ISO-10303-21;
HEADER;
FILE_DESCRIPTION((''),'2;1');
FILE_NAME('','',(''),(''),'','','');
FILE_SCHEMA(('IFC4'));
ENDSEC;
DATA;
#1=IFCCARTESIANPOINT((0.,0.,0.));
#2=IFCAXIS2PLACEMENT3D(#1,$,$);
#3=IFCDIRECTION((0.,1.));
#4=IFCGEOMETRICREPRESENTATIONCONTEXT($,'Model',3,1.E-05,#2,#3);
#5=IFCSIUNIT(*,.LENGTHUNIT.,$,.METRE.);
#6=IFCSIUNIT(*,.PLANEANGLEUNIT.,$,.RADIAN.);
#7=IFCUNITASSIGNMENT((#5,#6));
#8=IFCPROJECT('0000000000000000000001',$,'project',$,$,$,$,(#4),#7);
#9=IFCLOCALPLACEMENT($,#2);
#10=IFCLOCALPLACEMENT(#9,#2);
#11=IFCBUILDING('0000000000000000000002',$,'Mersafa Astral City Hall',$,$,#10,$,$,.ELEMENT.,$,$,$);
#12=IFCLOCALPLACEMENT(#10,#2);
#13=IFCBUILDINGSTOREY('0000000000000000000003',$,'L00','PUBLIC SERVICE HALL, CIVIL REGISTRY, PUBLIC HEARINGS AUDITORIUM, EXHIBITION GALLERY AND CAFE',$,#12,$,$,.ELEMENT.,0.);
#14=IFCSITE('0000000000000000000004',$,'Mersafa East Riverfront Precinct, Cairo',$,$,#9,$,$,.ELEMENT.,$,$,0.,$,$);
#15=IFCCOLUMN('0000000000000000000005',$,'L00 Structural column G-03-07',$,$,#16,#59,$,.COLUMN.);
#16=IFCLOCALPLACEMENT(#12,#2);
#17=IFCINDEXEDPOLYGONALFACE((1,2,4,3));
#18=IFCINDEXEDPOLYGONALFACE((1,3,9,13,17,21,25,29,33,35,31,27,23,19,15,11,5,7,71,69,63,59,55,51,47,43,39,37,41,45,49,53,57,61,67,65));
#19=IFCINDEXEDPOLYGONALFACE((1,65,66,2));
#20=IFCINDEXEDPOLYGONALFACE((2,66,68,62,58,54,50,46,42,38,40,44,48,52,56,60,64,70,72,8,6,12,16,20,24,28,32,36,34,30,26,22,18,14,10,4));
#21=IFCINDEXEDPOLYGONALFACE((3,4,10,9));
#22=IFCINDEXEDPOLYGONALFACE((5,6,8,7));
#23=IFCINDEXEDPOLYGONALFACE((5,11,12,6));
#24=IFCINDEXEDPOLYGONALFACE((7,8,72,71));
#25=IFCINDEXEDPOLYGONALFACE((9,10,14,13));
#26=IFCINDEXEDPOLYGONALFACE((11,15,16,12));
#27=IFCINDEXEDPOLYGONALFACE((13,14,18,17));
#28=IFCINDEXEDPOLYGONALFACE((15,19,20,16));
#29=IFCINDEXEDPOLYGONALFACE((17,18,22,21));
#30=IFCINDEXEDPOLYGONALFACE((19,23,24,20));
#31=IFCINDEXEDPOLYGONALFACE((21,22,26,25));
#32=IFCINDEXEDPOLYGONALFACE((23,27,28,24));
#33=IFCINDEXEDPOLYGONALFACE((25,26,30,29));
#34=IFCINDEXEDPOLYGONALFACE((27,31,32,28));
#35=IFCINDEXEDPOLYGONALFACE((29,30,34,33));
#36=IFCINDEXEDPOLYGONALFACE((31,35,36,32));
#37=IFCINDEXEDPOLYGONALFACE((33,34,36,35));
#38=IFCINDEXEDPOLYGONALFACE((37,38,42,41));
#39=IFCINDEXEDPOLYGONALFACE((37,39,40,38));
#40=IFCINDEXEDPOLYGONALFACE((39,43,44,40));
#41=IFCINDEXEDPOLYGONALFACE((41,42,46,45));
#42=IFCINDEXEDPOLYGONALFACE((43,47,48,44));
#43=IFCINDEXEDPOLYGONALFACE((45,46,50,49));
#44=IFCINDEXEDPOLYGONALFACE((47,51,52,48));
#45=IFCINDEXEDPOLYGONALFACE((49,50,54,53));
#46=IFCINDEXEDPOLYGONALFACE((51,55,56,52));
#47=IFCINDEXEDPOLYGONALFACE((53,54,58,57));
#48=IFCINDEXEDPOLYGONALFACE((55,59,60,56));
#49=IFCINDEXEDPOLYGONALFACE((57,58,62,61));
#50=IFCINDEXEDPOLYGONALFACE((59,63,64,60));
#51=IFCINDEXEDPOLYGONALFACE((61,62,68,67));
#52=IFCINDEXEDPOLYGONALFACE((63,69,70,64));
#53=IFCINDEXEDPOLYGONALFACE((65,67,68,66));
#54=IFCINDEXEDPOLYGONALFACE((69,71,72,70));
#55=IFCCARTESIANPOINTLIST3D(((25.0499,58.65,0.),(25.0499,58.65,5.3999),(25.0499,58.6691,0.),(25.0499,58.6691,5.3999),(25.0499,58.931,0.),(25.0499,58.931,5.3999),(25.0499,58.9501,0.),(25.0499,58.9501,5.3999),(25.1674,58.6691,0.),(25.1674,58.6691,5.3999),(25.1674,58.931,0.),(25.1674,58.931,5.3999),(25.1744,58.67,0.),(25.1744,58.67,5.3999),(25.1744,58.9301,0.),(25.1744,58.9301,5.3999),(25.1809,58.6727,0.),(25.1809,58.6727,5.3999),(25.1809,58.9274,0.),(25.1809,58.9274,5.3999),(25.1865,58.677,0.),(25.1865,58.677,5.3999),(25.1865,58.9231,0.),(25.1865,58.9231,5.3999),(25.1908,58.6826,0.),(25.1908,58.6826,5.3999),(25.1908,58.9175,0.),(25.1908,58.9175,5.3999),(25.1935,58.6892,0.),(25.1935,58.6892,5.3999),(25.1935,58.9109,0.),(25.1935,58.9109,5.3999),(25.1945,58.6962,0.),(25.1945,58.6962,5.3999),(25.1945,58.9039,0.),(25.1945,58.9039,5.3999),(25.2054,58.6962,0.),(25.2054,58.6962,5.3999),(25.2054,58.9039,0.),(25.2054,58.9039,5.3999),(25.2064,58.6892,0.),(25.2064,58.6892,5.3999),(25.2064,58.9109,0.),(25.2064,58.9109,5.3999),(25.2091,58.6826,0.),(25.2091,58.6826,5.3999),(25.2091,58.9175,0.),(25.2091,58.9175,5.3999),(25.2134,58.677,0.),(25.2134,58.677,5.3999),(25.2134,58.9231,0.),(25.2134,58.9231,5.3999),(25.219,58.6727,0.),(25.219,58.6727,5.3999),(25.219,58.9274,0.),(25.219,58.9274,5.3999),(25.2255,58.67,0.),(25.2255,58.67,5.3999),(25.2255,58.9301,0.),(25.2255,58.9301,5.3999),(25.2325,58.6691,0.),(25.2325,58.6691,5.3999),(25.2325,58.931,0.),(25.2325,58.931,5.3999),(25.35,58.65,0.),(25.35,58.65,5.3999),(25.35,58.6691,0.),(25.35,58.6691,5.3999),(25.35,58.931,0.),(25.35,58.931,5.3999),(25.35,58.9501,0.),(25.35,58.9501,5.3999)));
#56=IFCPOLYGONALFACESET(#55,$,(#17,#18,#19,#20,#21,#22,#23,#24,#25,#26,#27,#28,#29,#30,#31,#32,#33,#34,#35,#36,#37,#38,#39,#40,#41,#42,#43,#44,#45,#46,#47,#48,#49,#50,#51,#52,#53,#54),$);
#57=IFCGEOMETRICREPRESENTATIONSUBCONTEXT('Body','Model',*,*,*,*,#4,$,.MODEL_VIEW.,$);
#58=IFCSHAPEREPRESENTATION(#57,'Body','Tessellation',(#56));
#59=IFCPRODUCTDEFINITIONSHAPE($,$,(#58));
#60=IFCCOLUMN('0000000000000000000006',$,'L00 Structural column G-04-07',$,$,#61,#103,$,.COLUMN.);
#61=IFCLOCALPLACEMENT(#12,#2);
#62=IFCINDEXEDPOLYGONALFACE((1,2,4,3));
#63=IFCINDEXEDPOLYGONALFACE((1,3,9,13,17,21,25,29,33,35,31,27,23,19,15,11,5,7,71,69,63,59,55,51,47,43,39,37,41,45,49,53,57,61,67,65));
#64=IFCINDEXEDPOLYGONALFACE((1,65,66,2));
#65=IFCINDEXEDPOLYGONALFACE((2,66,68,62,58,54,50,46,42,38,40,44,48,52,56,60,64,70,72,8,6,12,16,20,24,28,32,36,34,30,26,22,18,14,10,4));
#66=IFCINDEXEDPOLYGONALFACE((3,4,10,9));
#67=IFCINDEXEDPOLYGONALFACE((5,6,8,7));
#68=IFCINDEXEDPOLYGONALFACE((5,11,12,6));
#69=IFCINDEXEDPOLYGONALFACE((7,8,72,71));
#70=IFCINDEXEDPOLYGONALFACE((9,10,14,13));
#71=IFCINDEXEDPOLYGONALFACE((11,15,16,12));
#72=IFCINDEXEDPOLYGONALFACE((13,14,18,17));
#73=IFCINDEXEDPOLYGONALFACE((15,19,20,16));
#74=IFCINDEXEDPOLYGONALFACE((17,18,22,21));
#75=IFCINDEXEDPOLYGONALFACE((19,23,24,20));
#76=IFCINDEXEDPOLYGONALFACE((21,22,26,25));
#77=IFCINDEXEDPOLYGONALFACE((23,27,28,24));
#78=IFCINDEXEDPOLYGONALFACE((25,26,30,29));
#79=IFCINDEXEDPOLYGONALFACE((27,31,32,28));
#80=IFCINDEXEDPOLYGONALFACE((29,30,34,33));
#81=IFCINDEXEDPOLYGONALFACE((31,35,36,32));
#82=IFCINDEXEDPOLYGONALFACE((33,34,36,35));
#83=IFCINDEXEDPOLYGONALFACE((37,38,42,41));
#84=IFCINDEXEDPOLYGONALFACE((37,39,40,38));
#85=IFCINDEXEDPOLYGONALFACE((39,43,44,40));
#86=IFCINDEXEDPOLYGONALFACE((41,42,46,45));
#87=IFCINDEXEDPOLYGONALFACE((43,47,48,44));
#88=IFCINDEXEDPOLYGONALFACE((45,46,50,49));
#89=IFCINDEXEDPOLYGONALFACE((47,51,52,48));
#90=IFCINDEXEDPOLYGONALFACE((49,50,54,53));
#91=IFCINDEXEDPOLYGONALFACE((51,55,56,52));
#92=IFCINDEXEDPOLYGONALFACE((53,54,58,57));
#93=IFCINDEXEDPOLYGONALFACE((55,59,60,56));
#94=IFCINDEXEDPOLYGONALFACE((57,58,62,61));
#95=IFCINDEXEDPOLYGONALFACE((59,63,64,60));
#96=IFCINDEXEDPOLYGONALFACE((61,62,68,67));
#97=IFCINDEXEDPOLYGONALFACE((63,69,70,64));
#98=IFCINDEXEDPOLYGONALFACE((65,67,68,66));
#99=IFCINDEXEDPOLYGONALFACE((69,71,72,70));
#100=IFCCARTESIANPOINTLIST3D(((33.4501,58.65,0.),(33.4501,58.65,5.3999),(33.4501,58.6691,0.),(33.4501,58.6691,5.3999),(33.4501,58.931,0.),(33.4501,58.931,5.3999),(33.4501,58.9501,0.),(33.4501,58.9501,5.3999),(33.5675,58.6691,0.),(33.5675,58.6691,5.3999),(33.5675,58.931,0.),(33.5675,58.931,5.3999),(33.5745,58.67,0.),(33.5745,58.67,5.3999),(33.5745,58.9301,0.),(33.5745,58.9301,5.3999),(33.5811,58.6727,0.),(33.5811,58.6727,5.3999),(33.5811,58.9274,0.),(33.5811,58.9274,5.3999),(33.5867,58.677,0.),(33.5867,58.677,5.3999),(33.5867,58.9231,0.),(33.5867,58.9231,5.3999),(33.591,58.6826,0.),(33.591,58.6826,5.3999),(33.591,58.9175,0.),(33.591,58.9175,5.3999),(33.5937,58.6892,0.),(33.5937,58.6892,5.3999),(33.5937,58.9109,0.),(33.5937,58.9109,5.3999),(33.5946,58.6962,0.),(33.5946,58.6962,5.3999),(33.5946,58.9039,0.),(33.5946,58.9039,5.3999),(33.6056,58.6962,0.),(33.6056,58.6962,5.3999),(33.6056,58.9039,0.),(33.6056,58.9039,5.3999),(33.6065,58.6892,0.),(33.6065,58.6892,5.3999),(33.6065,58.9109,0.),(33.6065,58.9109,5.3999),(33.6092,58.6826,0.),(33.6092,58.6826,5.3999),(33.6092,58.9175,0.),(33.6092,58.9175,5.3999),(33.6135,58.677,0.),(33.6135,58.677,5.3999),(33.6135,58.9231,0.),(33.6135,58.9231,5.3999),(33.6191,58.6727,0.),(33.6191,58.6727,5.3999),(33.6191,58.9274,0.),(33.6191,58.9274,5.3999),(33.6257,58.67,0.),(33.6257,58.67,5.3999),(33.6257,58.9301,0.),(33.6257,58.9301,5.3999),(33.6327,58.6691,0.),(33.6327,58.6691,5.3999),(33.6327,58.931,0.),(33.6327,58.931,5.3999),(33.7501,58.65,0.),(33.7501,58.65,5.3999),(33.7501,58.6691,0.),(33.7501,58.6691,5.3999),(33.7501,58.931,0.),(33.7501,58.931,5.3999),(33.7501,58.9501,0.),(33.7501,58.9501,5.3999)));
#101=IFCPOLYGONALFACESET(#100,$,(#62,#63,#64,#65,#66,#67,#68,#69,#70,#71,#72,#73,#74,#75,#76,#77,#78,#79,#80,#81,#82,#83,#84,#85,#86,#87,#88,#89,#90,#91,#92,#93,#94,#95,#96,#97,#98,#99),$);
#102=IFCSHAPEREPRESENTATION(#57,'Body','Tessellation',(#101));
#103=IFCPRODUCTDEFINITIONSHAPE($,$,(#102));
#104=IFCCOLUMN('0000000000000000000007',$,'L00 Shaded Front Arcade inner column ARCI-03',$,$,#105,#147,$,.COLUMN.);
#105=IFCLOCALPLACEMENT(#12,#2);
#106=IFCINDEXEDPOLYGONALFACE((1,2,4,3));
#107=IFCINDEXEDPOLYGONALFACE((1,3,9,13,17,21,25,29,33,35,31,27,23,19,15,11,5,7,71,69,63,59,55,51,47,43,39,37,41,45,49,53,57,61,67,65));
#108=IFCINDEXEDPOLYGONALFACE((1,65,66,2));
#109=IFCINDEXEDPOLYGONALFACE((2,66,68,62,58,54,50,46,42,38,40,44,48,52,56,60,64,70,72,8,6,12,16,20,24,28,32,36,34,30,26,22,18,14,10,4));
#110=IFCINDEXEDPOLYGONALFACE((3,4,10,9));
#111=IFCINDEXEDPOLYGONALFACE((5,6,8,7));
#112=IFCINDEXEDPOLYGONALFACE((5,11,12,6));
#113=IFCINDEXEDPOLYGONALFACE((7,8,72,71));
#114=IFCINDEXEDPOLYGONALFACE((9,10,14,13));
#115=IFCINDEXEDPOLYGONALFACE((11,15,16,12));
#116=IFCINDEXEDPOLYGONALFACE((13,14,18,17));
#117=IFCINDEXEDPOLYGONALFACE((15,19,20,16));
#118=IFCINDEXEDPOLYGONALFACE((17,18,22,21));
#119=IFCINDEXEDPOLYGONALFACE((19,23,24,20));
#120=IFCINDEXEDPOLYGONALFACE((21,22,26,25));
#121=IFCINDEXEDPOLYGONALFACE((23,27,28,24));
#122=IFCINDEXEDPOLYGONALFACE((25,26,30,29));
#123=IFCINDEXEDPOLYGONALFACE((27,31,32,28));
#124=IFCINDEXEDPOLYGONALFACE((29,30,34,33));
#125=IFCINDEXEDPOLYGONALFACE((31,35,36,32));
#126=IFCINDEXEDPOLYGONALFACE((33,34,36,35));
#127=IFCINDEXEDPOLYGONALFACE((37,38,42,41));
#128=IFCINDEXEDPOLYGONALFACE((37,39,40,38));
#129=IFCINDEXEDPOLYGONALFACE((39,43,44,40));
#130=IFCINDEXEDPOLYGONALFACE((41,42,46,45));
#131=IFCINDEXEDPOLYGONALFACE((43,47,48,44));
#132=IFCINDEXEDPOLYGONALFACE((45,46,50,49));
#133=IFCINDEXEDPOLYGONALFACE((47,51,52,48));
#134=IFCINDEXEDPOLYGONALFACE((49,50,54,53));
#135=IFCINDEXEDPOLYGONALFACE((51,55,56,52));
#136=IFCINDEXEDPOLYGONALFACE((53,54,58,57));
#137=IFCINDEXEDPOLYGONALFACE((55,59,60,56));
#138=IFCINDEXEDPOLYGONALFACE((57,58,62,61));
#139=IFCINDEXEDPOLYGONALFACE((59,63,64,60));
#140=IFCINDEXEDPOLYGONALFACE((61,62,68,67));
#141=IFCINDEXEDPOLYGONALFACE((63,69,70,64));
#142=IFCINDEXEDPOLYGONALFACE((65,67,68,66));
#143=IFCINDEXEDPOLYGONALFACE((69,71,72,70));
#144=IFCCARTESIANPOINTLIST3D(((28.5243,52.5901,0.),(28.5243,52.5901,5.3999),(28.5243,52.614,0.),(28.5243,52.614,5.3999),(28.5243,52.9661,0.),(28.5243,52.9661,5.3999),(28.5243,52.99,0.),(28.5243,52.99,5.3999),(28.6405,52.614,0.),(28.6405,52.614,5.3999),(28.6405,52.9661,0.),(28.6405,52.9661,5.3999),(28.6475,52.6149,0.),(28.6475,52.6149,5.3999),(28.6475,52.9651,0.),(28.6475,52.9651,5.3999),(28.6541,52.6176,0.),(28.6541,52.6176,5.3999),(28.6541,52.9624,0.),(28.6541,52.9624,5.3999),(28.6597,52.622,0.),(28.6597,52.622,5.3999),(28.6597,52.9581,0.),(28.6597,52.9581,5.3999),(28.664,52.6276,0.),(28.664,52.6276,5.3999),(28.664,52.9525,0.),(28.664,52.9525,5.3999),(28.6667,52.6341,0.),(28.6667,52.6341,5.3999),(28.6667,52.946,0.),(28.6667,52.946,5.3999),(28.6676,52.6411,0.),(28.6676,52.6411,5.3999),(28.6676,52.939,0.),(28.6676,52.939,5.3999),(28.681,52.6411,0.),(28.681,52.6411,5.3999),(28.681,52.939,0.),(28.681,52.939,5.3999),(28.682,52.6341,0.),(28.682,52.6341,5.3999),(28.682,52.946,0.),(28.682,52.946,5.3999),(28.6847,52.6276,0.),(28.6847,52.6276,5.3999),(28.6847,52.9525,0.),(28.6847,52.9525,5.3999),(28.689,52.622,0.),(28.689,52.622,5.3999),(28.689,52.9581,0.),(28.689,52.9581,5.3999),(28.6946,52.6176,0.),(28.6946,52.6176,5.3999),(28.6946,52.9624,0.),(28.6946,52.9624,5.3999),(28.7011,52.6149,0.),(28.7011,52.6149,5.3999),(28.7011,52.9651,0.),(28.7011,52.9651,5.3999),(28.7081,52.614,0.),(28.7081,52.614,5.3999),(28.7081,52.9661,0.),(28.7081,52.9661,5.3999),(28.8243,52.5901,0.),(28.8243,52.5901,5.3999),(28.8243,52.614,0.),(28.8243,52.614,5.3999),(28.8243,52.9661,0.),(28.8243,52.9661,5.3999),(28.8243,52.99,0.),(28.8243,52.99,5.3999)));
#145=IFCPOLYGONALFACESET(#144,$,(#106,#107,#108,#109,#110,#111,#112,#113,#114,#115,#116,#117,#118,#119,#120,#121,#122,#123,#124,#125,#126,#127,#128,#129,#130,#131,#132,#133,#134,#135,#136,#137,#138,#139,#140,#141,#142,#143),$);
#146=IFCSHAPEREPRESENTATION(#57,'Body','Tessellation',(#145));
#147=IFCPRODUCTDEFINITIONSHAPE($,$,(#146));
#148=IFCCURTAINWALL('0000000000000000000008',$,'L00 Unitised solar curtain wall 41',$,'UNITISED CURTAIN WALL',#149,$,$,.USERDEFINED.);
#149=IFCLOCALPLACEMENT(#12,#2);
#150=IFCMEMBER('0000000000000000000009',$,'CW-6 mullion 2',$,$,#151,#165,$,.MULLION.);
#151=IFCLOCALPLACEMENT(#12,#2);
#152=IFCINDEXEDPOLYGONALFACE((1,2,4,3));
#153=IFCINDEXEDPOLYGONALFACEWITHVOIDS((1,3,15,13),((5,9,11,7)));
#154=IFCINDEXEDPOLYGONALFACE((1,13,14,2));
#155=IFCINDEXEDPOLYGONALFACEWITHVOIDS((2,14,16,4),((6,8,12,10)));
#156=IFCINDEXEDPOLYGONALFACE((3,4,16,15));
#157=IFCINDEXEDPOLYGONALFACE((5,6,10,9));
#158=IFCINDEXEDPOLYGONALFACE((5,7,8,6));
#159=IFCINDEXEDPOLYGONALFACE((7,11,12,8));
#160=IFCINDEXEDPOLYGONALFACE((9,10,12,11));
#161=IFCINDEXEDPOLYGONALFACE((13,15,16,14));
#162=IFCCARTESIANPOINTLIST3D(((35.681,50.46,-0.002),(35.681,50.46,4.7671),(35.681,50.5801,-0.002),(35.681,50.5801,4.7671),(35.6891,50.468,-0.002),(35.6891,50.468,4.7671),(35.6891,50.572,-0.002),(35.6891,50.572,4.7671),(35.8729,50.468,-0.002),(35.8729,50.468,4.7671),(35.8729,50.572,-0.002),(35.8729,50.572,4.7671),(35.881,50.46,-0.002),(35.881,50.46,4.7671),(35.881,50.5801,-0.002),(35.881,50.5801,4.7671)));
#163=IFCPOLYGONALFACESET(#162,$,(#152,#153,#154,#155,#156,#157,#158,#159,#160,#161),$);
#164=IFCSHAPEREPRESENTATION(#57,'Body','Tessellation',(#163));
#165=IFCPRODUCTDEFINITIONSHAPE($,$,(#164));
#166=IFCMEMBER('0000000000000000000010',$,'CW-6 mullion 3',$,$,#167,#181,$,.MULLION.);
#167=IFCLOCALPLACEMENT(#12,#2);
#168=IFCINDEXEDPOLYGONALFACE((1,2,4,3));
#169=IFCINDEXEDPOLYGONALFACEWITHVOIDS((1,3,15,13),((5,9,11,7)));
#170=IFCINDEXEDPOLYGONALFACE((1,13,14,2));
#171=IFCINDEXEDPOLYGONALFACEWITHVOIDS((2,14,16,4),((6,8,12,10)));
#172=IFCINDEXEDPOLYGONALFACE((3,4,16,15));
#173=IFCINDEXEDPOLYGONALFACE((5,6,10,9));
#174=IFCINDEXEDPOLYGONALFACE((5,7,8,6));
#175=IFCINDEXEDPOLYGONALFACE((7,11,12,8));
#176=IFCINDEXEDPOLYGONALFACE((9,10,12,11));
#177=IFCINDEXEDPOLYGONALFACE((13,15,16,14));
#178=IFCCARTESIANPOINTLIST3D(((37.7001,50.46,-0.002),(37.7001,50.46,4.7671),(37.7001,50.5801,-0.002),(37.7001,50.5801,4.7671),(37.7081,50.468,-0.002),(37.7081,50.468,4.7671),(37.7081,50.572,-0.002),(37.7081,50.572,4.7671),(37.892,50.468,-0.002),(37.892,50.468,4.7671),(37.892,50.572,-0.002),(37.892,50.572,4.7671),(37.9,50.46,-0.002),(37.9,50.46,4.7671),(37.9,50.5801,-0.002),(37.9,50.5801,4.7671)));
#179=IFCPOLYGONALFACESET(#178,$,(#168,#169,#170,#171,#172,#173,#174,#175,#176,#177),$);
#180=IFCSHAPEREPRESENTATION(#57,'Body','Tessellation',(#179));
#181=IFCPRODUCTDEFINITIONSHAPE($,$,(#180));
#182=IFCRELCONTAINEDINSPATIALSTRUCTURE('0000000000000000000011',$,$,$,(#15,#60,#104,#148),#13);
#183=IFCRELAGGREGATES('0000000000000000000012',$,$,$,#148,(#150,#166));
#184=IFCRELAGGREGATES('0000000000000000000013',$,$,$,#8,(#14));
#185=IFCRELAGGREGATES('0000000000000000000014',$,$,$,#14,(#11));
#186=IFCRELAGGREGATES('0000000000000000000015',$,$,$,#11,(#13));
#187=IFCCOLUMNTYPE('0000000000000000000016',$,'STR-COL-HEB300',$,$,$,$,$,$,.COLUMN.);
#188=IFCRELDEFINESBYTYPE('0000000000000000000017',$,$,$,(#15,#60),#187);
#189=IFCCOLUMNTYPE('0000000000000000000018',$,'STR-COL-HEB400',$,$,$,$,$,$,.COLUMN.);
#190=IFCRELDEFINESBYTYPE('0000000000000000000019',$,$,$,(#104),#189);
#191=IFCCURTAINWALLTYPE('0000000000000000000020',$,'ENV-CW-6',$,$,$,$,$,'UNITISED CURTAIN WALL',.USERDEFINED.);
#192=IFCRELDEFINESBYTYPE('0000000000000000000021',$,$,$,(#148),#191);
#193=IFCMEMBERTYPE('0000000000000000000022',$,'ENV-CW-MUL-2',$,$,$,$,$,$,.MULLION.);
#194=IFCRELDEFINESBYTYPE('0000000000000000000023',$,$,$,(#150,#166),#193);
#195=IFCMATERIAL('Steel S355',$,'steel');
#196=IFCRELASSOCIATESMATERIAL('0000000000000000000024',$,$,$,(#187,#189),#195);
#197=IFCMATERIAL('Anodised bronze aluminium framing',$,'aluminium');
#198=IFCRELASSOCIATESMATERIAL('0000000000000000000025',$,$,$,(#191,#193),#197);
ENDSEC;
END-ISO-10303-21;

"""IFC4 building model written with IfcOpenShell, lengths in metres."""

from ifc_helpers import new_model, si_unit, direction, frame, origin, origin_2d, place, context, subcontext, project, spatial, hollow_rectangle, i_section, extrude, material, material_profile, profile_set, type_object, element, aggregate, save


model = new_model("IFC4")

# Units and contexts
model_context = context("Model", 3, precision=1e-05, world=origin(), true_north=direction((0.0, 1.0)))
body_context = subcontext(model_context, "Body", "Model", "MODEL_VIEW")
ifc_project = project(units=[si_unit("LENGTHUNIT", "METRE"), si_unit("PLANEANGLEUNIT", "RADIAN")], contexts=[model_context])

# Site, building, storey
site_placement = place(None, origin())
site = spatial("IfcSite", under=ifc_project, at=site_placement, Name="Mersafa East Riverfront Precinct, Cairo", CompositionType="ELEMENT", RefElevation=0.0)
building_placement = place(site_placement, origin())
building = spatial("IfcBuilding", under=site, at=building_placement, Name="Mersafa Astral City Hall", CompositionType="ELEMENT")
storey_placement = place(building_placement, origin())
storey = spatial("IfcBuildingStorey", under=building, at=storey_placement, Name="L00", Description="PUBLIC SERVICE HALL, CIVIL REGISTRY, PUBLIC HEARINGS AUDITORIUM, EXHIBITION GALLERY AND CAFE", CompositionType="ELEMENT", Elevation=0.0)

# Columns
ifc_material_1 = material(Name="Steel S355", Category="steel")
ifc_material_profile_1 = material_profile(ifc_material_1, i_section(OverallWidth=0.3, OverallDepth=0.3, WebThickness=0.011, FlangeThickness=0.019, FilletRadius=0.0271, at=origin_2d()), Name="HEB 300")
ifc_profile_set_1 = profile_set([ifc_material_profile_1], Name="Steel S355")
column_type_1 = type_object("IfcColumnType", Name="STR-COL-HEB300", PredefinedType="COLUMN", material=ifc_profile_set_1)
for number, where, z_axis, x_axis, name in (
    (1, (25.2, 58.8, 0.0), (0.0, 0.0, 1.0), (1.0, 0.0, 0.0), "L00 Structural column G-03-07"),
    (2, (33.6001, 58.8, 0.0), (0.0, 0.0, 1.0), (1.0, 0.0, 0.0), "L00 Structural column G-04-07"),
):
    element("IfcColumn", number, at=place(storey_placement, frame(where, z_axis=z_axis, x_axis=x_axis)), inside=storey, type_object=column_type_1, Name=name, PredefinedType="COLUMN", context=body_context, shape_type="SweptSolid", body=[
        extrude(i_section(OverallWidth=0.3, OverallDepth=0.3, WebThickness=0.011, FlangeThickness=0.019, FilletRadius=0.0271, at=origin_2d()), origin(), (0.0, 0.0, 1.0), 5.3999),
    ])
ifc_material_profile_2 = material_profile(ifc_material_1, i_section(OverallWidth=0.3, OverallDepth=0.3999, WebThickness=0.0134, FlangeThickness=0.0239, FilletRadius=0.0271, at=origin_2d()), Name="HEB 400")
ifc_profile_set_2 = profile_set([ifc_material_profile_2], Name="Steel S355")
column_type_2 = type_object("IfcColumnType", Name="STR-COL-HEB400", PredefinedType="COLUMN", material=ifc_profile_set_2)
column_placement = place(storey_placement, frame((28.6743, 52.79, 0.0), z_axis=(0.0, 0.0, 1.0), x_axis=(1.0, 0.0, 0.0)))
element("IfcColumn", 3, at=column_placement, inside=storey, type_object=column_type_2, Name="L00 Shaded Front Arcade inner column ARCI-03", PredefinedType="COLUMN", context=body_context, shape_type="SweptSolid", body=[
    extrude(i_section(OverallWidth=0.3, OverallDepth=0.3999, WebThickness=0.0134, FlangeThickness=0.0239, FilletRadius=0.0271, at=origin_2d()), origin(), (0.0, 0.0, 1.0), 5.3999),
])

# Curtain wall, members
ifc_material_2 = material(Name="Anodised bronze aluminium framing", Category="aluminium")
curtain_wall_type = type_object("IfcCurtainWallType", Name="ENV-CW-6", ElementType="UNITISED CURTAIN WALL", PredefinedType="USERDEFINED", material=ifc_material_2)
curtain_wall_placement = place(storey_placement, origin())
curtain_wall = element("IfcCurtainWall", 4, at=curtain_wall_placement, inside=storey, type_object=curtain_wall_type, Name="L00 Unitised solar curtain wall 41", ObjectType="UNITISED CURTAIN WALL", PredefinedType="USERDEFINED")
ifc_material_profile_3 = material_profile(ifc_material_2, hollow_rectangle(XDim=0.1201, YDim=0.2, WallThickness=0.0081, at=origin_2d()), Name="RHS 120x200x8")
ifc_profile_set_3 = profile_set([ifc_material_profile_3], Name="Anodised bronze aluminium framing")
member_type_1 = type_object("IfcMemberType", Name="ENV-CW-MUL-2", PredefinedType="MULLION", material=ifc_profile_set_3)
member_1_placement = place(storey_placement, frame((35.781, 50.52, -0.002), z_axis=(0.0, 0.0, 1.0), x_axis=(0.0, 1.0, 0.0)))
member_1 = element("IfcMember", 5, at=member_1_placement, type_object=member_type_1, Name="CW-6 mullion 2", PredefinedType="MULLION", context=body_context, shape_type="SweptSolid", body=[
    extrude(hollow_rectangle(XDim=0.1201, YDim=0.2, WallThickness=0.0081, at=origin_2d()), origin(), (0.0, 0.0, 1.0), 4.769),
])
member_2_placement = place(storey_placement, frame((37.8, 50.52, -0.002), z_axis=(0.0, 0.0, 1.0), x_axis=(0.0, 1.0, 0.0)))
member_2 = element("IfcMember", 6, at=member_2_placement, type_object=member_type_1, Name="CW-6 mullion 3", PredefinedType="MULLION", context=body_context, shape_type="SweptSolid", body=[
    extrude(hollow_rectangle(XDim=0.1201, YDim=0.2, WallThickness=0.0081, at=origin_2d()), origin(), (0.0, 0.0, 1.0), 4.769),
])

aggregate(curtain_wall, [member_1, member_2])

save(model, "model.ifc")
